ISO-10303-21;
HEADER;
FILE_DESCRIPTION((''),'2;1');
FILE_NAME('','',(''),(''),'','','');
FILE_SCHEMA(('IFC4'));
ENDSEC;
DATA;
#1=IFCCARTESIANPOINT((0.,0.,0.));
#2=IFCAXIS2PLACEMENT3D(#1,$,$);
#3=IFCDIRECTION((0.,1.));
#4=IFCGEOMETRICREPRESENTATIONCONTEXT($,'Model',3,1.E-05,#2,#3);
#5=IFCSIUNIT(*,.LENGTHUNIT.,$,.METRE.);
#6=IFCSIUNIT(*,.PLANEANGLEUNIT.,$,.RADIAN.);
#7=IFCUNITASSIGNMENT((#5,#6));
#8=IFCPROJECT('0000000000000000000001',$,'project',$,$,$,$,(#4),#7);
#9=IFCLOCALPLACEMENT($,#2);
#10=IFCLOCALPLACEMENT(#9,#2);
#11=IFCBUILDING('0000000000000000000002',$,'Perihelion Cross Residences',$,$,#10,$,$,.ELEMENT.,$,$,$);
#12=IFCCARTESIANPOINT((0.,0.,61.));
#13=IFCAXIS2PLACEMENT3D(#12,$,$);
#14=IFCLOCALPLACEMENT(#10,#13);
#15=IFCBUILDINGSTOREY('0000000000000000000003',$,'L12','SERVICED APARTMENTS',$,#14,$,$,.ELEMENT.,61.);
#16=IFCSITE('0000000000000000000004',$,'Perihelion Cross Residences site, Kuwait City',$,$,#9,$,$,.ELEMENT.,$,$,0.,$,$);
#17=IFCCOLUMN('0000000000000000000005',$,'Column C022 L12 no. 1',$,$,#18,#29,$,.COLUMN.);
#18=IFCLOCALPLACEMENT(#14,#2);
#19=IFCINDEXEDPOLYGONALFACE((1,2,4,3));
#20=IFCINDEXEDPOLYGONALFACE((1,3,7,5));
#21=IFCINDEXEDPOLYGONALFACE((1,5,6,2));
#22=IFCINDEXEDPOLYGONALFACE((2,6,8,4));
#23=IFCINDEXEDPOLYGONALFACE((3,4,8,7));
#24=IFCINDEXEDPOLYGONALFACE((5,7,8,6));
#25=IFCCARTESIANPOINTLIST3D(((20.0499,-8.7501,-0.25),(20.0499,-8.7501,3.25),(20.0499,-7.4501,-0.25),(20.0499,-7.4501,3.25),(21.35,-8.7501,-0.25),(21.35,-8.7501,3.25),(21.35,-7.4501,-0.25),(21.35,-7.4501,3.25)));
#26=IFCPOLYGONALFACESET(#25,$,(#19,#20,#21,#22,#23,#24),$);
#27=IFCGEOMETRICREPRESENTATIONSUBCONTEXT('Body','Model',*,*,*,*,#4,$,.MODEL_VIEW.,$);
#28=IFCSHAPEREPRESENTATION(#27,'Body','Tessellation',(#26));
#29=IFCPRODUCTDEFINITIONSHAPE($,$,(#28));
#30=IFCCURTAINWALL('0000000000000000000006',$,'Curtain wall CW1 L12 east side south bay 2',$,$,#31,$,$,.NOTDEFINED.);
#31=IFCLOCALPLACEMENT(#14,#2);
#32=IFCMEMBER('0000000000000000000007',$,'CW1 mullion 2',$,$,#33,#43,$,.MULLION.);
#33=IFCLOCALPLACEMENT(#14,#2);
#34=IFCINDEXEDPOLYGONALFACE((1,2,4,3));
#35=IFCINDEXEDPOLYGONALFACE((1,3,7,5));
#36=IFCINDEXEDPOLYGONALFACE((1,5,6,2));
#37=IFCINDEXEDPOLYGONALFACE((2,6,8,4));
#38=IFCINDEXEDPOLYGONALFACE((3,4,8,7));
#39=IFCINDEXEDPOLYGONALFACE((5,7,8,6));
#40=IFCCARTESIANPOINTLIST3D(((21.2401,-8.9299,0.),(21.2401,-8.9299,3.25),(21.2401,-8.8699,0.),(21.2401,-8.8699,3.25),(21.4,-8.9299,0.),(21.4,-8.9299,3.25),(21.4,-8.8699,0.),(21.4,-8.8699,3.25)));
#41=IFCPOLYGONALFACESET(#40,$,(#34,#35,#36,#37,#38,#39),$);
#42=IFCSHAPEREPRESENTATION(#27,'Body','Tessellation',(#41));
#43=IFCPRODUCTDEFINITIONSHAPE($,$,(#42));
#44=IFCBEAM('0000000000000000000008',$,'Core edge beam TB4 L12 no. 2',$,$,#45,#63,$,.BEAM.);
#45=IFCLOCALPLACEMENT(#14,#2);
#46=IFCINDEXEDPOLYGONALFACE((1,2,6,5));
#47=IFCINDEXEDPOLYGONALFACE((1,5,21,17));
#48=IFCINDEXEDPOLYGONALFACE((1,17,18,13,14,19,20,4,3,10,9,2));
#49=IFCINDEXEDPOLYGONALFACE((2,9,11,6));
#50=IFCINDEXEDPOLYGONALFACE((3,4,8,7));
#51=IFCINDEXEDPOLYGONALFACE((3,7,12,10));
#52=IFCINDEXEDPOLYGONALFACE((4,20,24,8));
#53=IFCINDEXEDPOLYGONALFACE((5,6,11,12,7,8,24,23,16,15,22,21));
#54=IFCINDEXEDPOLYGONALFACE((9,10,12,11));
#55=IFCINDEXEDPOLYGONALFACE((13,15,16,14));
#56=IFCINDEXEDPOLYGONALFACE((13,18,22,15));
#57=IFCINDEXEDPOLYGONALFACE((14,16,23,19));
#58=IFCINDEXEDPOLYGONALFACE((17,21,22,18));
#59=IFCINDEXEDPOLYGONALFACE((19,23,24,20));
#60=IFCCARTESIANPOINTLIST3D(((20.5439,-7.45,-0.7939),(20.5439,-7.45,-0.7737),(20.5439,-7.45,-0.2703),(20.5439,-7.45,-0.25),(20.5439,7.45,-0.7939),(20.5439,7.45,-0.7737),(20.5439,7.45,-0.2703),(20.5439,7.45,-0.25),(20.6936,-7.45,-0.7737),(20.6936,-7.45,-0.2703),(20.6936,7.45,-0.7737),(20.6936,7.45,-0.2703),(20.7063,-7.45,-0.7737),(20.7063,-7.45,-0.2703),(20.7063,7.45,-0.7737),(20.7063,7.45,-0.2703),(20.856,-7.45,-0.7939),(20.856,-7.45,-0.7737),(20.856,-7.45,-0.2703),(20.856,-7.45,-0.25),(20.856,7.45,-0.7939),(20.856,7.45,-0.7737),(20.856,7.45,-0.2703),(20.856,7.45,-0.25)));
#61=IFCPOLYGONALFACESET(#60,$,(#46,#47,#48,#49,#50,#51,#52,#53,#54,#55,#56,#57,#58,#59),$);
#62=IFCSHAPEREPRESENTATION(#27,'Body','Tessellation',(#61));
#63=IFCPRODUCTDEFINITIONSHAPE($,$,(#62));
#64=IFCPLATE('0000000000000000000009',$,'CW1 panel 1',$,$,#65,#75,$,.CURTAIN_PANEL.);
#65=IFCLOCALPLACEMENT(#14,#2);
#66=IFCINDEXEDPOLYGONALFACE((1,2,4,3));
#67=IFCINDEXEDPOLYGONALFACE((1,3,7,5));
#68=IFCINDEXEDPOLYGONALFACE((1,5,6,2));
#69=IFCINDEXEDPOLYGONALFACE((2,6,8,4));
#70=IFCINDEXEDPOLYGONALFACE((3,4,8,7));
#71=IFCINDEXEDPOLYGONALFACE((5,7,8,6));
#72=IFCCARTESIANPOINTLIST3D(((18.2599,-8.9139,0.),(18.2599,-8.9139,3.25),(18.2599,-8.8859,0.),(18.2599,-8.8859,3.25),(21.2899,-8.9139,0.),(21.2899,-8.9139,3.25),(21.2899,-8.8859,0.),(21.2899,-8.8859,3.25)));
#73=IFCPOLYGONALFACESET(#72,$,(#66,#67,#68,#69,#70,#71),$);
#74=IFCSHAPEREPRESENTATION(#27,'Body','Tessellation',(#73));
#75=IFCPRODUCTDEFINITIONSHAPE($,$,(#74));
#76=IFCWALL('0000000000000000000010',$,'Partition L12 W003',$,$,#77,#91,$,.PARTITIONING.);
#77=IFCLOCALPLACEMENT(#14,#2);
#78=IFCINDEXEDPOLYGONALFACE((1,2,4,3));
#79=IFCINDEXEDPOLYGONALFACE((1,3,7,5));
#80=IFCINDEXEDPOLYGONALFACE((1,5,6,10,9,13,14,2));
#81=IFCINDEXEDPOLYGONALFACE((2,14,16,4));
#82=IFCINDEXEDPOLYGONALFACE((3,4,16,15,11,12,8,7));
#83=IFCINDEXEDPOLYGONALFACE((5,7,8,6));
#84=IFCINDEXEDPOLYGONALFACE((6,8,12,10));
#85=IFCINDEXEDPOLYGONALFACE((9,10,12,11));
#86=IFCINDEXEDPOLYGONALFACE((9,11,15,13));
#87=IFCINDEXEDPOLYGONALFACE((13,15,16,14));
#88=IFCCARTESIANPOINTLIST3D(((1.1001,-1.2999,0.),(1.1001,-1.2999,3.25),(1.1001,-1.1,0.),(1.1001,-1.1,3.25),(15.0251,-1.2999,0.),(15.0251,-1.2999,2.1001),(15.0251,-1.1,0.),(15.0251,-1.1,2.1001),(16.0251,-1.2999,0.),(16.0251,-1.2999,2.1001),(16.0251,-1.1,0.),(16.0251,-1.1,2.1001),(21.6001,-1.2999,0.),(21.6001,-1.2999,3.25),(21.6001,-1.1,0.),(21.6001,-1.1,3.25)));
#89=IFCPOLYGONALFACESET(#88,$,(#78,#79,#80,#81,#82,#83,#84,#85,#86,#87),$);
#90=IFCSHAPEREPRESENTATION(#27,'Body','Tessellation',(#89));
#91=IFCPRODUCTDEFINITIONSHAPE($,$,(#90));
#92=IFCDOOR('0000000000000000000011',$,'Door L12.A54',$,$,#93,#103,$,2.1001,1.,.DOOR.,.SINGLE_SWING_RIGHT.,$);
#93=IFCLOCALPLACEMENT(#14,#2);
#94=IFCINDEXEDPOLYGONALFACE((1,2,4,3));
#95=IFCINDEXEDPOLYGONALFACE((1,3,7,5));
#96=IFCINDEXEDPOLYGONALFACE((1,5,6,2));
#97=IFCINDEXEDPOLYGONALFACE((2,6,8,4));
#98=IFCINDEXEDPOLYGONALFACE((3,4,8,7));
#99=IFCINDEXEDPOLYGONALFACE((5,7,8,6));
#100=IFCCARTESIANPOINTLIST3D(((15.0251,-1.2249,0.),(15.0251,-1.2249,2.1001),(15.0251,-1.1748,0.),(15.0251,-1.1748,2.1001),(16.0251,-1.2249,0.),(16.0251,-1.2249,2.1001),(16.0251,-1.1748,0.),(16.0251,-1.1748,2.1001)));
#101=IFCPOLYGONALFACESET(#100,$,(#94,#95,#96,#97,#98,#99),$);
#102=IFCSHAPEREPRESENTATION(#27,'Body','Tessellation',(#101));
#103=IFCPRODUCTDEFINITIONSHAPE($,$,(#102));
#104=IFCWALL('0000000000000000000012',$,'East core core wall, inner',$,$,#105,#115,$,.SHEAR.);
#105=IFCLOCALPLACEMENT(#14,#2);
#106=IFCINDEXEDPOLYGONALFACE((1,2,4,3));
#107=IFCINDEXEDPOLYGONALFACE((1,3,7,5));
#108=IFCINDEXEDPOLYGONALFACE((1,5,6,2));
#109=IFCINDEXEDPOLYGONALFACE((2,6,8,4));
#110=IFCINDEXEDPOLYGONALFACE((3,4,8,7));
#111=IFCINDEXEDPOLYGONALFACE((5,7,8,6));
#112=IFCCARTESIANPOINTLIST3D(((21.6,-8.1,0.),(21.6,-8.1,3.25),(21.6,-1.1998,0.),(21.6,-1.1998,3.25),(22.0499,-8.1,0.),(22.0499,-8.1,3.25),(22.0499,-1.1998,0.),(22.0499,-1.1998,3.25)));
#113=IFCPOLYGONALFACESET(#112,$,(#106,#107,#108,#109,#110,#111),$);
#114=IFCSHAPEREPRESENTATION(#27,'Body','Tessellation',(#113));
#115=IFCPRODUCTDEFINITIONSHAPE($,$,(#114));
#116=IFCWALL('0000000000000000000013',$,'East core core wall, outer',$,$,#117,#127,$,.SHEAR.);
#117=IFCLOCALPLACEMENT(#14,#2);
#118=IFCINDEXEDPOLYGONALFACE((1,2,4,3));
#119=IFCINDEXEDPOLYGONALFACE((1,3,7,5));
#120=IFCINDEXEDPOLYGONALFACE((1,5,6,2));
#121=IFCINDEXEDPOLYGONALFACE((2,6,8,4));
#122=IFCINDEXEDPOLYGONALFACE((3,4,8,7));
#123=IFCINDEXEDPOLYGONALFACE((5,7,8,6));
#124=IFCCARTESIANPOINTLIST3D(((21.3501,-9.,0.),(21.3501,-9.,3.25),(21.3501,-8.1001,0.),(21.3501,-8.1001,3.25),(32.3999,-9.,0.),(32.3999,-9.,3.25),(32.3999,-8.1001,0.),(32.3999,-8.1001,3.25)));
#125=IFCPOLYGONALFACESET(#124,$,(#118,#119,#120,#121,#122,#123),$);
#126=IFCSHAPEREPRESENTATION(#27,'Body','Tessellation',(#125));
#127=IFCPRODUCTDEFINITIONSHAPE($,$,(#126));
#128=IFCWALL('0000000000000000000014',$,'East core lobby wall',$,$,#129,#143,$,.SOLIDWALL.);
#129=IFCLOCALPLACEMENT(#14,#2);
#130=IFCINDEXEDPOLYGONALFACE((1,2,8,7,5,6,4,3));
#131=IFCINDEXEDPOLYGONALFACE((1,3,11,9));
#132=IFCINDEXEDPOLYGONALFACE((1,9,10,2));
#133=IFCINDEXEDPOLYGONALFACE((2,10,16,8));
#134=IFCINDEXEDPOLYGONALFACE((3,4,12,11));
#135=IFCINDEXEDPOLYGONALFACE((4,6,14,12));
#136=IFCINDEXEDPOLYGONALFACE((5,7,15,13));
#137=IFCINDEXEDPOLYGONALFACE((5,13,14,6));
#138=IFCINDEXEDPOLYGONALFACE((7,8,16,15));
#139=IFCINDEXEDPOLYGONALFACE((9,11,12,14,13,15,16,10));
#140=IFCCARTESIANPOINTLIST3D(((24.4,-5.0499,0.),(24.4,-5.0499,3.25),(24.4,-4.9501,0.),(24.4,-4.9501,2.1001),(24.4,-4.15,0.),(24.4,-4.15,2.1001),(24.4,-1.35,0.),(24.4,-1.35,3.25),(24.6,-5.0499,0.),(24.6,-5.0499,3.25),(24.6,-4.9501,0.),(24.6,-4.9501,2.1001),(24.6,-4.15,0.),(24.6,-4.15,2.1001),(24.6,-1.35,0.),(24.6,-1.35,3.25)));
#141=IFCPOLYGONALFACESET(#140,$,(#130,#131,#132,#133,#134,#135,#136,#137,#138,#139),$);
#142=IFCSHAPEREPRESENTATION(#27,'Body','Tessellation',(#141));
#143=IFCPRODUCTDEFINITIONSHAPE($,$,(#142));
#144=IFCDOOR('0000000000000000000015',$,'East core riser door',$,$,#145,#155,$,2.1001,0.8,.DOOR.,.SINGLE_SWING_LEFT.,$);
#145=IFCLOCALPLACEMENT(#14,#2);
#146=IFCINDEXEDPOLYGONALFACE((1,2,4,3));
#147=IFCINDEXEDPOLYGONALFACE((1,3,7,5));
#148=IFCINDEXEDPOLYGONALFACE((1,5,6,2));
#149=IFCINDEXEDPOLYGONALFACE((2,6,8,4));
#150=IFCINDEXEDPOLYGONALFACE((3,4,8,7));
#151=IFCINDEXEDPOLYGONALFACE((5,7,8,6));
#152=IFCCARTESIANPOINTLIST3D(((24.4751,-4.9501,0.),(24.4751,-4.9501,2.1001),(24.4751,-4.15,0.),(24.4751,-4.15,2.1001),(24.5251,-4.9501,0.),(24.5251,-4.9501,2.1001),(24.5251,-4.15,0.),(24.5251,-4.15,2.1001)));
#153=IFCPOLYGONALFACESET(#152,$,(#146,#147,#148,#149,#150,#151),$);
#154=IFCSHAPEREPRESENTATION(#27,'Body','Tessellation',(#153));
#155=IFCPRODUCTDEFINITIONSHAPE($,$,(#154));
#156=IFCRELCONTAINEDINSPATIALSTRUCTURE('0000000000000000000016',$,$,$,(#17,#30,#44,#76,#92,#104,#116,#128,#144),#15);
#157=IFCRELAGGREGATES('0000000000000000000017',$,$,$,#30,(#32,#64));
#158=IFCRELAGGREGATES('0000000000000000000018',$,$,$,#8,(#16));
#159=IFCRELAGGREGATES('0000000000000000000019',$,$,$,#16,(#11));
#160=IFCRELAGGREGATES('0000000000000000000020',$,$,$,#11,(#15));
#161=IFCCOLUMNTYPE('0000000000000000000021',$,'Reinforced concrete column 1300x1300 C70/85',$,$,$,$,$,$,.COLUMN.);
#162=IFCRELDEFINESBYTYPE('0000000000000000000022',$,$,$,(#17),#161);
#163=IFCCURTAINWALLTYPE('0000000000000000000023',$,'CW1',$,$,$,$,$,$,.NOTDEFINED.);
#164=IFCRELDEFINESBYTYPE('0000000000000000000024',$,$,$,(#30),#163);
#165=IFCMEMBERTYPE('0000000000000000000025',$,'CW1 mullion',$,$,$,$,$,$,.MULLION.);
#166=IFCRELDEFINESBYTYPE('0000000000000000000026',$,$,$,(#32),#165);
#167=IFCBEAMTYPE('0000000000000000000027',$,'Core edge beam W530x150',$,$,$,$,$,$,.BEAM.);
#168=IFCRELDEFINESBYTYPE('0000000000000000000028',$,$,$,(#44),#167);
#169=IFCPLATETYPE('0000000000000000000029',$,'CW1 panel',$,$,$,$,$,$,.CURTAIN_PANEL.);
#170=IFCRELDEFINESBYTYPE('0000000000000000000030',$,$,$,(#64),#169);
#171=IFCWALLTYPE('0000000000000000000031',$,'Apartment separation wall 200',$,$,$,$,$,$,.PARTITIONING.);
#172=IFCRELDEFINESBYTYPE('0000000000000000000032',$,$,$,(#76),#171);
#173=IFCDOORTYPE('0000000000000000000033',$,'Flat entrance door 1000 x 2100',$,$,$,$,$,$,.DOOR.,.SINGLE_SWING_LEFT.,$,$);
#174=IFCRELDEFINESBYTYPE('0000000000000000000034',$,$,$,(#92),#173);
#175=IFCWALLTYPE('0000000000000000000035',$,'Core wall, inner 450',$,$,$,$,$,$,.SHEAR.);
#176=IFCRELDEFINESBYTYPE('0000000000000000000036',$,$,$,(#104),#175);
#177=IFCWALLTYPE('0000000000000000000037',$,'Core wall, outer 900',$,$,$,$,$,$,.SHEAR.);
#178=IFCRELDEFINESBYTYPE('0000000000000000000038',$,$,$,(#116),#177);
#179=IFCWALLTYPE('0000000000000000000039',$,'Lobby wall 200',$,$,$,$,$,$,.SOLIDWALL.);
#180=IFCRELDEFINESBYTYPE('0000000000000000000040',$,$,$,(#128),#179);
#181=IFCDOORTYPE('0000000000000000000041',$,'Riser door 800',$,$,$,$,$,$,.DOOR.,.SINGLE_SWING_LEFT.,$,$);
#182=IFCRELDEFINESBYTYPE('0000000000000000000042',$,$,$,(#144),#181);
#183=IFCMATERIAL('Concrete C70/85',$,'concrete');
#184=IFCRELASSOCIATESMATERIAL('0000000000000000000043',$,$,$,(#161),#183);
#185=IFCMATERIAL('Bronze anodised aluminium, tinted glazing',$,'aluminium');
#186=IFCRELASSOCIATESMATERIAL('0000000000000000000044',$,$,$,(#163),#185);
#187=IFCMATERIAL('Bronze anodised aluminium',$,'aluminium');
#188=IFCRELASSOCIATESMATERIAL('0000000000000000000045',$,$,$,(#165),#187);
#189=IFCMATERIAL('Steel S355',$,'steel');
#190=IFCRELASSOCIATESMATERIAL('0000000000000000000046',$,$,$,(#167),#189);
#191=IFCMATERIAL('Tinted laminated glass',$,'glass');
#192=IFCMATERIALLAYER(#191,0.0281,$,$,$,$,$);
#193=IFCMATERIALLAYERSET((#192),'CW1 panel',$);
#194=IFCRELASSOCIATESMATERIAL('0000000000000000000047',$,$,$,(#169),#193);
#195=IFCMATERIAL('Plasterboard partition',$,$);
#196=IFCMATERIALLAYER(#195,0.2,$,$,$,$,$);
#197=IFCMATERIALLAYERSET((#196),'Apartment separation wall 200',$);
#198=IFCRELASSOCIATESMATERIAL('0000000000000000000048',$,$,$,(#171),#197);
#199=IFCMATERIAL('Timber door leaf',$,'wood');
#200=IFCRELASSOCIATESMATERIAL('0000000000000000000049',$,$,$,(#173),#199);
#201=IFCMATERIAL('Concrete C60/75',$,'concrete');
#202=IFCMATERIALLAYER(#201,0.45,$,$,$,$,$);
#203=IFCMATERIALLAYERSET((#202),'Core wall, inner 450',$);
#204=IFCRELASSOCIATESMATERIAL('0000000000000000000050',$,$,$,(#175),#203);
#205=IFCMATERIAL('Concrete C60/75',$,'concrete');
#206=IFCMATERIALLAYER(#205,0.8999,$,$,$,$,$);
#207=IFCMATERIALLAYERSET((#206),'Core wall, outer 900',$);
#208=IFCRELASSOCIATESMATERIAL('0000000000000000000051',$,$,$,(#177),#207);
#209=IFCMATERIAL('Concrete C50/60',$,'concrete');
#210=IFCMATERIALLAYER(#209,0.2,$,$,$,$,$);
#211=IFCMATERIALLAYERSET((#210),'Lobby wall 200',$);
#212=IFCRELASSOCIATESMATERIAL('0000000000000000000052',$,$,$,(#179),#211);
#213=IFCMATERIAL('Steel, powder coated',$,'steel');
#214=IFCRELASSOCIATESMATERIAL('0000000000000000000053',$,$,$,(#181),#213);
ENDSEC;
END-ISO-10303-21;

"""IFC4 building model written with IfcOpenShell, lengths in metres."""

from ifc_helpers import new_model, si_unit, direction, frame, frame_2d, origin, origin_2d, place, context, subcontext, project, spatial, rectangle, i_section, extrude, material, layer, layer_set, material_profile, profile_set, type_object, element, fill, aggregate, save


model = new_model("IFC4")

# Units and contexts
model_context = context("Model", 3, precision=1e-05, world=origin(), true_north=direction((0.0, 1.0)))
body_context = subcontext(model_context, "Body", "Model", "MODEL_VIEW")
ifc_project = project(units=[si_unit("LENGTHUNIT", "METRE"), si_unit("PLANEANGLEUNIT", "RADIAN")], contexts=[model_context])

# Site, building, storey
site_placement = place(None, origin())
site = spatial("IfcSite", under=ifc_project, at=site_placement, Name="Perihelion Cross Residences site, Kuwait City", CompositionType="ELEMENT", RefElevation=0.0)
building_placement = place(site_placement, origin())
building = spatial("IfcBuilding", under=site, at=building_placement, Name="Perihelion Cross Residences", CompositionType="ELEMENT")
storey_placement = place(building_placement, frame((0.0, 0.0, 61.0)))
storey = spatial("IfcBuildingStorey", under=building, at=storey_placement, Name="L12", Description="SERVICED APARTMENTS", CompositionType="ELEMENT", Elevation=61.0)

# Column
ifc_material_1 = material(Name="Concrete C70/85", Category="concrete")
ifc_material_profile_1 = material_profile(ifc_material_1, rectangle(XDim=1.3, YDim=1.3, at=origin_2d()), Name="RC 1300x1300")
ifc_profile_set_1 = profile_set([ifc_material_profile_1], Name="Concrete C70/85")
column_type = type_object("IfcColumnType", Name="Reinforced concrete column 1300x1300 C70/85", PredefinedType="COLUMN", material=ifc_profile_set_1)
column_placement = place(storey_placement, frame((20.7, -8.1001, -0.25), z_axis=(0.0, 0.0, 1.0), x_axis=(1.0, 0.0, 0.0)))
element("IfcColumn", 1, at=column_placement, inside=storey, type_object=column_type, Name="Column C022 L12 no. 1", PredefinedType="COLUMN", context=body_context, shape_type="SweptSolid", body=[
    extrude(rectangle(XDim=1.3, YDim=1.3, at=origin_2d()), origin(), (0.0, 0.0, 1.0), 3.5),
])

# Curtain wall, member
ifc_material_2 = material(Name="Bronze anodised aluminium, tinted glazing", Category="aluminium")
curtain_wall_type = type_object("IfcCurtainWallType", Name="CW1", PredefinedType="NOTDEFINED", material=ifc_material_2)
curtain_wall_placement = place(storey_placement, origin())
curtain_wall = element("IfcCurtainWall", 2, at=curtain_wall_placement, inside=storey, type_object=curtain_wall_type, Name="Curtain wall CW1 L12 east side south bay 2", PredefinedType="NOTDEFINED")
ifc_material_3 = material(Name="Bronze anodised aluminium", Category="aluminium")
ifc_material_profile_2 = material_profile(ifc_material_3, rectangle(XDim=0.0601, YDim=0.1599, at=origin_2d()), Name="CW1 mullion")
ifc_profile_set_2 = profile_set([ifc_material_profile_2], Name="Bronze anodised aluminium")
member_type = type_object("IfcMemberType", Name="CW1 mullion", PredefinedType="MULLION", material=ifc_profile_set_2)
member_placement = place(storey_placement, frame((21.3201, -8.8999, 0.0), z_axis=(0.0, 0.0, 1.0), x_axis=(0.0, 1.0, 0.0)))
member = element("IfcMember", 3, at=member_placement, type_object=member_type, Name="CW1 mullion 2", PredefinedType="MULLION", context=body_context, shape_type="SweptSolid", body=[
    extrude(rectangle(XDim=0.0601, YDim=0.1599, at=origin_2d()), origin(), (0.0, 0.0, 1.0), 3.25),
])

# Beam
ifc_material_4 = material(Name="Steel S355", Category="steel")
ifc_material_profile_3 = material_profile(ifc_material_4, i_section(OverallWidth=0.312, OverallDepth=0.5439, WebThickness=0.0127, FlangeThickness=0.0203, at=origin_2d()), Name="W530x150")
ifc_profile_set_3 = profile_set([ifc_material_profile_3], Name="Steel S355")
beam_type = type_object("IfcBeamType", Name="Core edge beam W530x150", PredefinedType="BEAM", material=ifc_profile_set_3)
beam_placement = place(storey_placement, frame((20.7, -7.45, -0.522), z_axis=(0.0, 1.0, 0.0), x_axis=(-1.0, 0.0, 0.0)))
element("IfcBeam", 4, at=beam_placement, inside=storey, type_object=beam_type, Name="Core edge beam TB4 L12 no. 2", PredefinedType="BEAM", context=body_context, shape_type="SweptSolid", body=[
    extrude(i_section(OverallWidth=0.312, OverallDepth=0.5439, WebThickness=0.0127, FlangeThickness=0.0203, at=origin_2d()), origin(), (0.0, 0.0, 1.0), 14.8999),
])

# Plate
ifc_material_5 = material(Name="Tinted laminated glass", Category="glass")
ifc_layer_1 = layer(ifc_material_5, 0.0281)
ifc_layer_set_1 = layer_set([ifc_layer_1], Name="CW1 panel")
plate_type = type_object("IfcPlateType", Name="CW1 panel", PredefinedType="CURTAIN_PANEL", material=ifc_layer_set_1)
plate_placement = place(storey_placement, frame((19.7749, -8.8999, 0.0), z_axis=(0.0, 0.0, 1.0), x_axis=(1.0, 0.0, 0.0)))
plate = element("IfcPlate", 5, at=plate_placement, type_object=plate_type, Name="CW1 panel 1", PredefinedType="CURTAIN_PANEL", context=body_context, shape_type="SweptSolid", body=[
    extrude(rectangle(XDim=3.03, YDim=0.0281, at=origin_2d()), origin(), (0.0, 0.0, 1.0), 3.25),
])
aggregate(curtain_wall, [member, plate])

# Wall, opening, door
ifc_material_6 = material(Name="Plasterboard partition")
ifc_layer_2 = layer(ifc_material_6, 0.2)
ifc_layer_set_2 = layer_set([ifc_layer_2], Name="Apartment separation wall 200")
wall_type_1 = type_object("IfcWallType", Name="Apartment separation wall 200", PredefinedType="PARTITIONING", material=ifc_layer_set_2)
wall_1_placement = place(storey_placement, frame((21.6001, -1.2, 0.0), z_axis=(0.0, 0.0, 1.0), x_axis=(-1.0, 0.0, 0.0)))
wall_1 = element("IfcWall", 6, at=wall_1_placement, inside=storey, type_object=wall_type_1, Name="Partition L12 W003", PredefinedType="PARTITIONING", context=body_context, shape_type="SweptSolid", body=[
    extrude(rectangle(XDim=20.5, YDim=0.2, at=frame_2d((10.25, 0.0))), origin(), (0.0, 0.0, 1.0), 3.25),
])
opening_1_placement = place(wall_1_placement, frame((5.575, 0.0, 0.0)))
opening_1 = element("IfcOpeningElement", 7, at=opening_1_placement, cuts=wall_1, PredefinedType="OPENING", context=body_context, shape_type="SweptSolid", body=[
    extrude(rectangle(XDim=1.0, YDim=2.1001, at=frame_2d((0.5, 1.05))), frame((0.0, 0.1099, 0.0), z_axis=(0.0, -1.0, 0.0), x_axis=(1.0, 0.0, 0.0)), (0.0, 0.0, 1.0), 0.22),
])
ifc_material_7 = material(Name="Timber door leaf", Category="wood")
door_type_1 = type_object("IfcDoorType", Name="Flat entrance door 1000 x 2100", OperationType="SINGLE_SWING_LEFT", PredefinedType="DOOR", material=ifc_material_7)
door_1_placement = place(opening_1_placement, origin())
door_1 = element("IfcDoor", 8, at=door_1_placement, inside=storey, type_object=door_type_1, Name="Door L12.A54", OperationType="SINGLE_SWING_RIGHT", OverallHeight=2.1001, OverallWidth=1.0, PredefinedType="DOOR", context=body_context, shape_type="SweptSolid", body=[
    extrude(rectangle(XDim=1.0, YDim=2.1001, at=frame_2d((0.5, 1.05))), frame((0.0, 0.0249, 0.0), z_axis=(0.0, -1.0, 0.0), x_axis=(1.0, 0.0, 0.0)), (0.0, 0.0, 1.0), 0.05),
])
fill(opening_1, door_1)

# Walls
ifc_material_8 = material(Name="Concrete C60/75", Category="concrete")
ifc_layer_3 = layer(ifc_material_8, 0.45)
ifc_layer_set_3 = layer_set([ifc_layer_3], Name="Core wall, inner 450")
wall_type_2 = type_object("IfcWallType", Name="Core wall, inner 450", PredefinedType="SHEAR", material=ifc_layer_set_3)
wall_2_placement = place(storey_placement, frame((21.825, -8.1001, 0.0), z_axis=(0.0, 0.0, 1.0), x_axis=(0.0, 1.0, 0.0)))
element("IfcWall", 9, at=wall_2_placement, inside=storey, type_object=wall_type_2, Name="East core core wall, inner", PredefinedType="SHEAR", context=body_context, shape_type="SweptSolid", body=[
    extrude(rectangle(XDim=6.9001, YDim=0.45, at=frame_2d((3.4502, 0.0))), origin(), (0.0, 0.0, 1.0), 3.25),
])
ifc_material_9 = material(Name="Concrete C60/75", Category="concrete")
ifc_layer_4 = layer(ifc_material_9, 0.8999)
ifc_layer_set_4 = layer_set([ifc_layer_4], Name="Core wall, outer 900")
wall_type_3 = type_object("IfcWallType", Name="Core wall, outer 900", PredefinedType="SHEAR", material=ifc_layer_set_4)
wall_3_placement = place(storey_placement, frame((21.3501, -8.55, 0.0), z_axis=(0.0, 0.0, 1.0), x_axis=(1.0, 0.0, 0.0)))
element("IfcWall", 10, at=wall_3_placement, inside=storey, type_object=wall_type_3, Name="East core core wall, outer", PredefinedType="SHEAR", context=body_context, shape_type="SweptSolid", body=[
    extrude(rectangle(XDim=11.0498, YDim=0.8999, at=frame_2d((5.5249, 0.0))), origin(), (0.0, 0.0, 1.0), 3.25),
])

# Wall, opening, door
ifc_material_10 = material(Name="Concrete C50/60", Category="concrete")
ifc_layer_5 = layer(ifc_material_10, 0.2)
ifc_layer_set_5 = layer_set([ifc_layer_5], Name="Lobby wall 200")
wall_type_4 = type_object("IfcWallType", Name="Lobby wall 200", PredefinedType="SOLIDWALL", material=ifc_layer_set_5)
wall_4_placement = place(storey_placement, frame((24.5, -5.05, 0.0), z_axis=(0.0, 0.0, 1.0), x_axis=(0.0, 1.0, 0.0)))
wall_4 = element("IfcWall", 11, at=wall_4_placement, inside=storey, type_object=wall_type_4, Name="East core lobby wall", PredefinedType="SOLIDWALL", context=body_context, shape_type="SweptSolid", body=[
    extrude(rectangle(XDim=3.7, YDim=0.2, at=frame_2d((1.8501, 0.0))), origin(), (0.0, 0.0, 1.0), 3.25),
])
opening_2_placement = place(wall_4_placement, frame((0.1001, 0.0, 0.0)))
opening_2 = element("IfcOpeningElement", 12, at=opening_2_placement, cuts=wall_4, PredefinedType="OPENING", context=body_context, shape_type="SweptSolid", body=[
    extrude(rectangle(XDim=0.8, YDim=2.1001, at=frame_2d((0.3999, 1.05))), frame((0.0, 0.1099, 0.0), z_axis=(0.0, -1.0, 0.0), x_axis=(1.0, 0.0, 0.0)), (0.0, 0.0, 1.0), 0.22),
])
ifc_material_11 = material(Name="Steel, powder coated", Category="steel")
door_type_2 = type_object("IfcDoorType", Name="Riser door 800", OperationType="SINGLE_SWING_LEFT", PredefinedType="DOOR", material=ifc_material_11)
door_2_placement = place(opening_2_placement, origin())
door_2 = element("IfcDoor", 13, at=door_2_placement, inside=storey, type_object=door_type_2, Name="East core riser door", OperationType="SINGLE_SWING_LEFT", OverallHeight=2.1001, OverallWidth=0.8, PredefinedType="DOOR", context=body_context, shape_type="SweptSolid", body=[
    extrude(rectangle(XDim=0.8, YDim=2.1001, at=frame_2d((0.3999, 1.05))), frame((0.0, 0.0249, 0.0), z_axis=(0.0, -1.0, 0.0), x_axis=(1.0, 0.0, 0.0)), (0.0, 0.0, 1.0), 0.05),
])
fill(opening_2, door_2)

save(model, "model.ifc")
